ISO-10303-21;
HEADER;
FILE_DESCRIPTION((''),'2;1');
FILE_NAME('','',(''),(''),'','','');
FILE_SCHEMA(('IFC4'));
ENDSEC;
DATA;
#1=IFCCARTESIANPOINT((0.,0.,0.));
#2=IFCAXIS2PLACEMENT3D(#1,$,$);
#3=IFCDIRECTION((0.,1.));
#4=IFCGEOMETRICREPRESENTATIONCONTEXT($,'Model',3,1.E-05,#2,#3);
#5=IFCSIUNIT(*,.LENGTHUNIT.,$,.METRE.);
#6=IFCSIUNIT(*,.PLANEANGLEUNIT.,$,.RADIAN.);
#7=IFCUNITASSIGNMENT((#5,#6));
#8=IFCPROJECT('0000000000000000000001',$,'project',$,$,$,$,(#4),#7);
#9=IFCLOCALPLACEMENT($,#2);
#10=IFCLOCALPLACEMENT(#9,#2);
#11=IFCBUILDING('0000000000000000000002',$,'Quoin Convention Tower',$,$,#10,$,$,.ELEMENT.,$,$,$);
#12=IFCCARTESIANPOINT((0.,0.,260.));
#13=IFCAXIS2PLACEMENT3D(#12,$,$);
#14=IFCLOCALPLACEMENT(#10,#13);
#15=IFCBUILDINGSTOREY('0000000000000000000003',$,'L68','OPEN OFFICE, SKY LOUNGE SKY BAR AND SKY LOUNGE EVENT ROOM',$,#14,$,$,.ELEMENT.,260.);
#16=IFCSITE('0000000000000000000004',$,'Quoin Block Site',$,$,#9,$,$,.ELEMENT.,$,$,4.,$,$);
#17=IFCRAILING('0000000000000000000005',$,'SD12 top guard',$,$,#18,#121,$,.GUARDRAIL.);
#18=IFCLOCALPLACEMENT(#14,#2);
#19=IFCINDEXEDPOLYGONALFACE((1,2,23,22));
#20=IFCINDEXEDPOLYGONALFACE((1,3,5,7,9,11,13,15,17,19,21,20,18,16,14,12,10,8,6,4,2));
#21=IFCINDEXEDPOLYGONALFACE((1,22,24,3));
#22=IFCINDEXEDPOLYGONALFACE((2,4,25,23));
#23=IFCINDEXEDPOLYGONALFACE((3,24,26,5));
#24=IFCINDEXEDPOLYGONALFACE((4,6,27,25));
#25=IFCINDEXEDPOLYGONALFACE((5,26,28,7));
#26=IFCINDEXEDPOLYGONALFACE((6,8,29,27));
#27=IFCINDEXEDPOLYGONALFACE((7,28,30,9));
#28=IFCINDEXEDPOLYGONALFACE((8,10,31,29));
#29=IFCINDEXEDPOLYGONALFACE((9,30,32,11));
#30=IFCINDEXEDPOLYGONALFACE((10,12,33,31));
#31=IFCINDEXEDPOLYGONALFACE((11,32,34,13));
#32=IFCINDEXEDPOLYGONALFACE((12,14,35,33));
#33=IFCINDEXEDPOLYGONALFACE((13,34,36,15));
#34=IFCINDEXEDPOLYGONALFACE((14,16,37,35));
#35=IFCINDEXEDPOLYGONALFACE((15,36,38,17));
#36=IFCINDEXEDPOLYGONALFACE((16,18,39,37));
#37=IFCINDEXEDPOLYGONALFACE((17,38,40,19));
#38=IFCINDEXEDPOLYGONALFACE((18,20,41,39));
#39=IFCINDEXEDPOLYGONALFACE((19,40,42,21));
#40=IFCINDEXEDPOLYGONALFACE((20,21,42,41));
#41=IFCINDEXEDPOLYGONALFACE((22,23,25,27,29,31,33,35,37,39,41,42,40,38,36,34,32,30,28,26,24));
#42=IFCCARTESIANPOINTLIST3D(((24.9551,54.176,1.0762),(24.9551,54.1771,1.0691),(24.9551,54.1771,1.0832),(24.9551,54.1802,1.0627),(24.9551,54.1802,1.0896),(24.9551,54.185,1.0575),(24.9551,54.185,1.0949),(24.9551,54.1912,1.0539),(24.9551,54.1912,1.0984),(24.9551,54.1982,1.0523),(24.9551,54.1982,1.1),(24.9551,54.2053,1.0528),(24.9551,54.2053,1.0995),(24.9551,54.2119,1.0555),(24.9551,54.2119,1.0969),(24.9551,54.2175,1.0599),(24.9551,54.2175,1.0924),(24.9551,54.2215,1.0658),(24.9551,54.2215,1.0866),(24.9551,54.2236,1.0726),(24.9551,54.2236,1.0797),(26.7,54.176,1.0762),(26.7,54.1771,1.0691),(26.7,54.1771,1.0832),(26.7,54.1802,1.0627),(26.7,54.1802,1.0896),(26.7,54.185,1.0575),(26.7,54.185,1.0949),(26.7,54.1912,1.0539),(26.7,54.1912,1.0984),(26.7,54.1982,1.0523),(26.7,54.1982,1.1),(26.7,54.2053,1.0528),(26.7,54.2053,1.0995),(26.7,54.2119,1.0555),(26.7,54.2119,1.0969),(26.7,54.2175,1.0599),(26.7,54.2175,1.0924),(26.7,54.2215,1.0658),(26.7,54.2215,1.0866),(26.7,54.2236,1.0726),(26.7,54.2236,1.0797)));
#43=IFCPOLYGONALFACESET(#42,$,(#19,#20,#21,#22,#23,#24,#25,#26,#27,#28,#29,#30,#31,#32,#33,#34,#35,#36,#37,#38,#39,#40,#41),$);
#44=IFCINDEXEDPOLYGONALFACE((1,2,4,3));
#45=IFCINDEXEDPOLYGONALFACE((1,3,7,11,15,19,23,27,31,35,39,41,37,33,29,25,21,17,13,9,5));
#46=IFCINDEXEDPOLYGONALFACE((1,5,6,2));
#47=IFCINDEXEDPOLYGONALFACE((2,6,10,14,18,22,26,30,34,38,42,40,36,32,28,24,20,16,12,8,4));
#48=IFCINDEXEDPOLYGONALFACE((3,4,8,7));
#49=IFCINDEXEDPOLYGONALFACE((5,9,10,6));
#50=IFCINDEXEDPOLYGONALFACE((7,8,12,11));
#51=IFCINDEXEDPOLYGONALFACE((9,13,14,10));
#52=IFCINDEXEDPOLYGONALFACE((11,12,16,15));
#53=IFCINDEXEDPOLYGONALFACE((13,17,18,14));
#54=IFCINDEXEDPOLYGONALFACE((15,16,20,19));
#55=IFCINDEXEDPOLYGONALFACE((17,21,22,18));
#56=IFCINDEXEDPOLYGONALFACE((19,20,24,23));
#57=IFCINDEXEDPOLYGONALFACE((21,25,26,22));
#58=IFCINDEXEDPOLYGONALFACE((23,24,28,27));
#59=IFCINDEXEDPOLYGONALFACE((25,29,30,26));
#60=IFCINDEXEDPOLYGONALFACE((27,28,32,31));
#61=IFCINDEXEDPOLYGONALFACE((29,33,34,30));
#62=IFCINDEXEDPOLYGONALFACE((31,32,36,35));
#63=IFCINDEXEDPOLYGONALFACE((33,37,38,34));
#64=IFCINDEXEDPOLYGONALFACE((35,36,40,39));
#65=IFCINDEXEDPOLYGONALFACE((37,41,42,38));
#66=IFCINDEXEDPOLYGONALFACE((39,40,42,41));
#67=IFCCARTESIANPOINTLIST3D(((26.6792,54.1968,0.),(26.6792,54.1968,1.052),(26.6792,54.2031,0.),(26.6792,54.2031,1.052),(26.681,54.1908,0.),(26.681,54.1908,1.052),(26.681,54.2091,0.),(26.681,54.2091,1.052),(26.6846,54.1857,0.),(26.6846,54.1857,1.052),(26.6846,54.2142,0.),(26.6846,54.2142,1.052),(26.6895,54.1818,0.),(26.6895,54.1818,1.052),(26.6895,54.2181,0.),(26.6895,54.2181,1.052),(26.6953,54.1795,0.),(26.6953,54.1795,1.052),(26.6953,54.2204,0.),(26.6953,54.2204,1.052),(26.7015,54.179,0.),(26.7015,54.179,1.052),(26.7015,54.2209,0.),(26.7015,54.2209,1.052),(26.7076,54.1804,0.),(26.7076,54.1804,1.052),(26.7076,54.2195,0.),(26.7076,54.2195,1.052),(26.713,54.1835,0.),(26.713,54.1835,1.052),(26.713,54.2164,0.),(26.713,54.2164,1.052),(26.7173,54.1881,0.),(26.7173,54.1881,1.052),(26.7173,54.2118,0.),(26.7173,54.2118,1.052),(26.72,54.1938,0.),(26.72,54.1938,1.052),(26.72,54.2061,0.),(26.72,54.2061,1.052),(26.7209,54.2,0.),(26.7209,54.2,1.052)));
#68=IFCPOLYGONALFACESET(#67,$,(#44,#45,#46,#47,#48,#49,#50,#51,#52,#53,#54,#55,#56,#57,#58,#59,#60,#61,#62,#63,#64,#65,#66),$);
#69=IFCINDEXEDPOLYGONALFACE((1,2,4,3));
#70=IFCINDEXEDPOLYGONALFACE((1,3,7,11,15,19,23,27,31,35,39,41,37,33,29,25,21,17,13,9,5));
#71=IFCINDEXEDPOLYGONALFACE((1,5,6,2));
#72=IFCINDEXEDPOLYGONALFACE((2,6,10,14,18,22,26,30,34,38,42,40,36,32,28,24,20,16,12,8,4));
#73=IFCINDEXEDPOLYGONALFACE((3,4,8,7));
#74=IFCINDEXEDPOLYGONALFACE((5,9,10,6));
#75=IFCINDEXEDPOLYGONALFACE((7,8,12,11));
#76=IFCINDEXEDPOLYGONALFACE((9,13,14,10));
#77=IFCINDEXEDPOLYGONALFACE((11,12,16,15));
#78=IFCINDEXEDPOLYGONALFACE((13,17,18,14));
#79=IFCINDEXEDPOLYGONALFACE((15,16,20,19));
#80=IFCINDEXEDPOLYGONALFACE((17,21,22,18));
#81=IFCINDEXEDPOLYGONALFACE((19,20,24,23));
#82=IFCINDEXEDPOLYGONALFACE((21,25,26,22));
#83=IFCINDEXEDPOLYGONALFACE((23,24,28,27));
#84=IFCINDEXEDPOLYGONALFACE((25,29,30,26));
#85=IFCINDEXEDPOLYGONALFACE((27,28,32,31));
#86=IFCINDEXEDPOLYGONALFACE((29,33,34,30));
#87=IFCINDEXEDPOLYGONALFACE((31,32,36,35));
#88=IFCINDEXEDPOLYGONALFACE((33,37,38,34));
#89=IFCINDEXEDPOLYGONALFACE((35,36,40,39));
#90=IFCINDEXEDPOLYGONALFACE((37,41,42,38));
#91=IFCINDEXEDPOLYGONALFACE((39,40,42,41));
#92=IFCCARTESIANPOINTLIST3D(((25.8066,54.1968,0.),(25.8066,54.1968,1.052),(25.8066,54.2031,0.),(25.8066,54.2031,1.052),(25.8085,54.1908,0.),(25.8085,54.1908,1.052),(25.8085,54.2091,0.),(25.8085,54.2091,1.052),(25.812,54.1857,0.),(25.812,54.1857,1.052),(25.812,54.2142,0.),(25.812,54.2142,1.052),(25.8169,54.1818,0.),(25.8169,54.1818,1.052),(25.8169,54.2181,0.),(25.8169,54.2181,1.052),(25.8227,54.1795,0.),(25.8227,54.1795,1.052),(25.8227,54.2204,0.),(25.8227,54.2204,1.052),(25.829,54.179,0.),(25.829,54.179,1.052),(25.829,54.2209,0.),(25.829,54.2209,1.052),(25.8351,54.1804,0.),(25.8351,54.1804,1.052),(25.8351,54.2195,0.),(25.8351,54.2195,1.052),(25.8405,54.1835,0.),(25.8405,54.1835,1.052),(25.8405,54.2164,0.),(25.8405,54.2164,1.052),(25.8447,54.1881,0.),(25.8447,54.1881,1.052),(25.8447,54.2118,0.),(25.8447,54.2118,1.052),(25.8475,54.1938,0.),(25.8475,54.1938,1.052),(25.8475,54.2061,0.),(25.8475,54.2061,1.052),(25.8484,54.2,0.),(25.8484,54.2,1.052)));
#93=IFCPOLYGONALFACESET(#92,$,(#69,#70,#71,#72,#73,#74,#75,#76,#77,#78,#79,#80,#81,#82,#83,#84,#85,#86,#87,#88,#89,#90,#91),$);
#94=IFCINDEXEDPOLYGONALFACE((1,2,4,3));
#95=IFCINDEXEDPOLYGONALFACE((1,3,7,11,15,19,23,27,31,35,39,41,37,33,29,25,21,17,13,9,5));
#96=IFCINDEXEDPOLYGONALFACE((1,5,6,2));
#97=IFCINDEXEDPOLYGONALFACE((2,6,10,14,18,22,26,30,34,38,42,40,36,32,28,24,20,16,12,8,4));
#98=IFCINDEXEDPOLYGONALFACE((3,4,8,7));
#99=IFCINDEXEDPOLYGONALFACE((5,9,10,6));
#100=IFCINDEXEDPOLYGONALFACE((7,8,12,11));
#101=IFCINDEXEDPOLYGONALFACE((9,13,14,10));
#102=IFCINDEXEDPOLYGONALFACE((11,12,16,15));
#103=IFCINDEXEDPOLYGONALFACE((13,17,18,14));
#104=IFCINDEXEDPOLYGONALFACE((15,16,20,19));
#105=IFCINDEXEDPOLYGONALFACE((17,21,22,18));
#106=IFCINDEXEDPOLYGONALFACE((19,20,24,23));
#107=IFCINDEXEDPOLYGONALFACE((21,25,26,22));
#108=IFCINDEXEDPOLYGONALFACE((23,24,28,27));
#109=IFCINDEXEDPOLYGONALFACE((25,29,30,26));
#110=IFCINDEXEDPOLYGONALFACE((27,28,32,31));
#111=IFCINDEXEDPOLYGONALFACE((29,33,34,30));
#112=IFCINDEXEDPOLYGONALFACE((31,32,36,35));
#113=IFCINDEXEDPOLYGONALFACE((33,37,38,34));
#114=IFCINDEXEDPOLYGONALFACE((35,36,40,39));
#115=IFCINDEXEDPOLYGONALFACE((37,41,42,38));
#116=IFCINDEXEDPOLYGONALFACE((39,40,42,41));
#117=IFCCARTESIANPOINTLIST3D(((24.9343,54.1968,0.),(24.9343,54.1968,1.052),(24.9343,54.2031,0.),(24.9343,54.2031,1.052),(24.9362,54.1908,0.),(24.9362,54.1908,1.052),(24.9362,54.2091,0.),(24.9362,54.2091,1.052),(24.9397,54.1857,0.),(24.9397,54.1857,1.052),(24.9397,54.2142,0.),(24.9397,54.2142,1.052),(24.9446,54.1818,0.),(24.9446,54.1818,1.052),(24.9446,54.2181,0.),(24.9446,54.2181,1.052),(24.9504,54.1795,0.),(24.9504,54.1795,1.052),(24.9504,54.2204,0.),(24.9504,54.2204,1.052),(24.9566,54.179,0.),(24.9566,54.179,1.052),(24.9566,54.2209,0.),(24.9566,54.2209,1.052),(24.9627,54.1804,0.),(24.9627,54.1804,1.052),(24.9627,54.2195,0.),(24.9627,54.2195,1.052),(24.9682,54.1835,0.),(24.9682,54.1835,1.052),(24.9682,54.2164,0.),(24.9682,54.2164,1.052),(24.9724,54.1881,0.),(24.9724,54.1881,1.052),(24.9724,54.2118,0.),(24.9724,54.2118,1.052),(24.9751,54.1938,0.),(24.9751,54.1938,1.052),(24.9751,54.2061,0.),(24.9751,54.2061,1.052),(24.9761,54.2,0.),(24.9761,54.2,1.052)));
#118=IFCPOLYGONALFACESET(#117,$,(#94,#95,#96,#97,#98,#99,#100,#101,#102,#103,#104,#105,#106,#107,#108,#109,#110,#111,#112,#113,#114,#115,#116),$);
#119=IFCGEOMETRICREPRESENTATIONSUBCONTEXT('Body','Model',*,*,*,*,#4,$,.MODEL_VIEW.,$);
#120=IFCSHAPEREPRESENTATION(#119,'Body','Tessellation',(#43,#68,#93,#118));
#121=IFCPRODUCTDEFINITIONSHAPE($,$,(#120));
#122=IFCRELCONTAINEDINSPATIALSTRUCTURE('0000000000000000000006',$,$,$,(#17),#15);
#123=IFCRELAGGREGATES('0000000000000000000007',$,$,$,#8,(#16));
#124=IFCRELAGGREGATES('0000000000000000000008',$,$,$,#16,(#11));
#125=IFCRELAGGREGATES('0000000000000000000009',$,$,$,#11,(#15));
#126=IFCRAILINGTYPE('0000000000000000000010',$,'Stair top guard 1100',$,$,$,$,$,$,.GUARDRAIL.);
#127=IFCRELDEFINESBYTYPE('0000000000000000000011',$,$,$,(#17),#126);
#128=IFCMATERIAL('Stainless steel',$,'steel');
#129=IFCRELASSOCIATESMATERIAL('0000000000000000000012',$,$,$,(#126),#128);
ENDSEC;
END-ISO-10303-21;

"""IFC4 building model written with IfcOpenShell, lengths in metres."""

from ifc_helpers import new_model, si_unit, direction, frame, origin, origin_2d, place, context, subcontext, project, spatial, circle, extrude, material, type_object, element, save


model = new_model("IFC4")

# Units and contexts
model_context = context("Model", 3, precision=1e-05, world=origin(), true_north=direction((0.0, 1.0)))
body_context = subcontext(model_context, "Body", "Model", "MODEL_VIEW")
ifc_project = project(units=[si_unit("LENGTHUNIT", "METRE"), si_unit("PLANEANGLEUNIT", "RADIAN")], contexts=[model_context])

# Site, building, storey
site_placement = place(None, origin())
site = spatial("IfcSite", under=ifc_project, at=site_placement, Name="Quoin Block Site", CompositionType="ELEMENT", RefElevation=4.0)
building_placement = place(site_placement, origin())
building = spatial("IfcBuilding", under=site, at=building_placement, Name="Quoin Convention Tower", CompositionType="ELEMENT")
storey_placement = place(building_placement, frame((0.0, 0.0, 260.0)))
storey = spatial("IfcBuildingStorey", under=building, at=storey_placement, Name="L68", Description="OPEN OFFICE, SKY LOUNGE SKY BAR AND SKY LOUNGE EVENT ROOM", CompositionType="ELEMENT", Elevation=260.0)

# Railing
ifc_material_1 = material(Name="Stainless steel", Category="steel")
railing_type = type_object("IfcRailingType", Name="Stair top guard 1100", PredefinedType="GUARDRAIL", material=ifc_material_1)
for number, where, name in (
    (1, (26.7, 54.2, 0.0), "SD12 top guard"),
):
    element("IfcRailing", number, at=place(storey_placement, frame(where)), inside=storey, type_object=railing_type, Name=name, PredefinedType="GUARDRAIL", context=body_context, shape_type="SweptSolid", body=[
        extrude(circle(Radius=0.0239, at=origin_2d()), frame((0.0, 0.0, 1.0762), z_axis=(-1.0, 0.0, 0.0), x_axis=(0.0, -1.0, 0.0)), (0.0, 0.0, 1.0), 1.7449),
        extrude(circle(Radius=0.021, at=origin_2d()), origin(), (0.0, 0.0, 1.0), 1.052),
        extrude(circle(Radius=0.021, at=origin_2d()), frame((-0.8726, 0.0, 0.0)), (0.0, 0.0, 1.0), 1.052),
        extrude(circle(Radius=0.021, at=origin_2d()), frame((-1.7449, 0.0, 0.0)), (0.0, 0.0, 1.0), 1.052),
    ])

save(model, "model.ifc")
